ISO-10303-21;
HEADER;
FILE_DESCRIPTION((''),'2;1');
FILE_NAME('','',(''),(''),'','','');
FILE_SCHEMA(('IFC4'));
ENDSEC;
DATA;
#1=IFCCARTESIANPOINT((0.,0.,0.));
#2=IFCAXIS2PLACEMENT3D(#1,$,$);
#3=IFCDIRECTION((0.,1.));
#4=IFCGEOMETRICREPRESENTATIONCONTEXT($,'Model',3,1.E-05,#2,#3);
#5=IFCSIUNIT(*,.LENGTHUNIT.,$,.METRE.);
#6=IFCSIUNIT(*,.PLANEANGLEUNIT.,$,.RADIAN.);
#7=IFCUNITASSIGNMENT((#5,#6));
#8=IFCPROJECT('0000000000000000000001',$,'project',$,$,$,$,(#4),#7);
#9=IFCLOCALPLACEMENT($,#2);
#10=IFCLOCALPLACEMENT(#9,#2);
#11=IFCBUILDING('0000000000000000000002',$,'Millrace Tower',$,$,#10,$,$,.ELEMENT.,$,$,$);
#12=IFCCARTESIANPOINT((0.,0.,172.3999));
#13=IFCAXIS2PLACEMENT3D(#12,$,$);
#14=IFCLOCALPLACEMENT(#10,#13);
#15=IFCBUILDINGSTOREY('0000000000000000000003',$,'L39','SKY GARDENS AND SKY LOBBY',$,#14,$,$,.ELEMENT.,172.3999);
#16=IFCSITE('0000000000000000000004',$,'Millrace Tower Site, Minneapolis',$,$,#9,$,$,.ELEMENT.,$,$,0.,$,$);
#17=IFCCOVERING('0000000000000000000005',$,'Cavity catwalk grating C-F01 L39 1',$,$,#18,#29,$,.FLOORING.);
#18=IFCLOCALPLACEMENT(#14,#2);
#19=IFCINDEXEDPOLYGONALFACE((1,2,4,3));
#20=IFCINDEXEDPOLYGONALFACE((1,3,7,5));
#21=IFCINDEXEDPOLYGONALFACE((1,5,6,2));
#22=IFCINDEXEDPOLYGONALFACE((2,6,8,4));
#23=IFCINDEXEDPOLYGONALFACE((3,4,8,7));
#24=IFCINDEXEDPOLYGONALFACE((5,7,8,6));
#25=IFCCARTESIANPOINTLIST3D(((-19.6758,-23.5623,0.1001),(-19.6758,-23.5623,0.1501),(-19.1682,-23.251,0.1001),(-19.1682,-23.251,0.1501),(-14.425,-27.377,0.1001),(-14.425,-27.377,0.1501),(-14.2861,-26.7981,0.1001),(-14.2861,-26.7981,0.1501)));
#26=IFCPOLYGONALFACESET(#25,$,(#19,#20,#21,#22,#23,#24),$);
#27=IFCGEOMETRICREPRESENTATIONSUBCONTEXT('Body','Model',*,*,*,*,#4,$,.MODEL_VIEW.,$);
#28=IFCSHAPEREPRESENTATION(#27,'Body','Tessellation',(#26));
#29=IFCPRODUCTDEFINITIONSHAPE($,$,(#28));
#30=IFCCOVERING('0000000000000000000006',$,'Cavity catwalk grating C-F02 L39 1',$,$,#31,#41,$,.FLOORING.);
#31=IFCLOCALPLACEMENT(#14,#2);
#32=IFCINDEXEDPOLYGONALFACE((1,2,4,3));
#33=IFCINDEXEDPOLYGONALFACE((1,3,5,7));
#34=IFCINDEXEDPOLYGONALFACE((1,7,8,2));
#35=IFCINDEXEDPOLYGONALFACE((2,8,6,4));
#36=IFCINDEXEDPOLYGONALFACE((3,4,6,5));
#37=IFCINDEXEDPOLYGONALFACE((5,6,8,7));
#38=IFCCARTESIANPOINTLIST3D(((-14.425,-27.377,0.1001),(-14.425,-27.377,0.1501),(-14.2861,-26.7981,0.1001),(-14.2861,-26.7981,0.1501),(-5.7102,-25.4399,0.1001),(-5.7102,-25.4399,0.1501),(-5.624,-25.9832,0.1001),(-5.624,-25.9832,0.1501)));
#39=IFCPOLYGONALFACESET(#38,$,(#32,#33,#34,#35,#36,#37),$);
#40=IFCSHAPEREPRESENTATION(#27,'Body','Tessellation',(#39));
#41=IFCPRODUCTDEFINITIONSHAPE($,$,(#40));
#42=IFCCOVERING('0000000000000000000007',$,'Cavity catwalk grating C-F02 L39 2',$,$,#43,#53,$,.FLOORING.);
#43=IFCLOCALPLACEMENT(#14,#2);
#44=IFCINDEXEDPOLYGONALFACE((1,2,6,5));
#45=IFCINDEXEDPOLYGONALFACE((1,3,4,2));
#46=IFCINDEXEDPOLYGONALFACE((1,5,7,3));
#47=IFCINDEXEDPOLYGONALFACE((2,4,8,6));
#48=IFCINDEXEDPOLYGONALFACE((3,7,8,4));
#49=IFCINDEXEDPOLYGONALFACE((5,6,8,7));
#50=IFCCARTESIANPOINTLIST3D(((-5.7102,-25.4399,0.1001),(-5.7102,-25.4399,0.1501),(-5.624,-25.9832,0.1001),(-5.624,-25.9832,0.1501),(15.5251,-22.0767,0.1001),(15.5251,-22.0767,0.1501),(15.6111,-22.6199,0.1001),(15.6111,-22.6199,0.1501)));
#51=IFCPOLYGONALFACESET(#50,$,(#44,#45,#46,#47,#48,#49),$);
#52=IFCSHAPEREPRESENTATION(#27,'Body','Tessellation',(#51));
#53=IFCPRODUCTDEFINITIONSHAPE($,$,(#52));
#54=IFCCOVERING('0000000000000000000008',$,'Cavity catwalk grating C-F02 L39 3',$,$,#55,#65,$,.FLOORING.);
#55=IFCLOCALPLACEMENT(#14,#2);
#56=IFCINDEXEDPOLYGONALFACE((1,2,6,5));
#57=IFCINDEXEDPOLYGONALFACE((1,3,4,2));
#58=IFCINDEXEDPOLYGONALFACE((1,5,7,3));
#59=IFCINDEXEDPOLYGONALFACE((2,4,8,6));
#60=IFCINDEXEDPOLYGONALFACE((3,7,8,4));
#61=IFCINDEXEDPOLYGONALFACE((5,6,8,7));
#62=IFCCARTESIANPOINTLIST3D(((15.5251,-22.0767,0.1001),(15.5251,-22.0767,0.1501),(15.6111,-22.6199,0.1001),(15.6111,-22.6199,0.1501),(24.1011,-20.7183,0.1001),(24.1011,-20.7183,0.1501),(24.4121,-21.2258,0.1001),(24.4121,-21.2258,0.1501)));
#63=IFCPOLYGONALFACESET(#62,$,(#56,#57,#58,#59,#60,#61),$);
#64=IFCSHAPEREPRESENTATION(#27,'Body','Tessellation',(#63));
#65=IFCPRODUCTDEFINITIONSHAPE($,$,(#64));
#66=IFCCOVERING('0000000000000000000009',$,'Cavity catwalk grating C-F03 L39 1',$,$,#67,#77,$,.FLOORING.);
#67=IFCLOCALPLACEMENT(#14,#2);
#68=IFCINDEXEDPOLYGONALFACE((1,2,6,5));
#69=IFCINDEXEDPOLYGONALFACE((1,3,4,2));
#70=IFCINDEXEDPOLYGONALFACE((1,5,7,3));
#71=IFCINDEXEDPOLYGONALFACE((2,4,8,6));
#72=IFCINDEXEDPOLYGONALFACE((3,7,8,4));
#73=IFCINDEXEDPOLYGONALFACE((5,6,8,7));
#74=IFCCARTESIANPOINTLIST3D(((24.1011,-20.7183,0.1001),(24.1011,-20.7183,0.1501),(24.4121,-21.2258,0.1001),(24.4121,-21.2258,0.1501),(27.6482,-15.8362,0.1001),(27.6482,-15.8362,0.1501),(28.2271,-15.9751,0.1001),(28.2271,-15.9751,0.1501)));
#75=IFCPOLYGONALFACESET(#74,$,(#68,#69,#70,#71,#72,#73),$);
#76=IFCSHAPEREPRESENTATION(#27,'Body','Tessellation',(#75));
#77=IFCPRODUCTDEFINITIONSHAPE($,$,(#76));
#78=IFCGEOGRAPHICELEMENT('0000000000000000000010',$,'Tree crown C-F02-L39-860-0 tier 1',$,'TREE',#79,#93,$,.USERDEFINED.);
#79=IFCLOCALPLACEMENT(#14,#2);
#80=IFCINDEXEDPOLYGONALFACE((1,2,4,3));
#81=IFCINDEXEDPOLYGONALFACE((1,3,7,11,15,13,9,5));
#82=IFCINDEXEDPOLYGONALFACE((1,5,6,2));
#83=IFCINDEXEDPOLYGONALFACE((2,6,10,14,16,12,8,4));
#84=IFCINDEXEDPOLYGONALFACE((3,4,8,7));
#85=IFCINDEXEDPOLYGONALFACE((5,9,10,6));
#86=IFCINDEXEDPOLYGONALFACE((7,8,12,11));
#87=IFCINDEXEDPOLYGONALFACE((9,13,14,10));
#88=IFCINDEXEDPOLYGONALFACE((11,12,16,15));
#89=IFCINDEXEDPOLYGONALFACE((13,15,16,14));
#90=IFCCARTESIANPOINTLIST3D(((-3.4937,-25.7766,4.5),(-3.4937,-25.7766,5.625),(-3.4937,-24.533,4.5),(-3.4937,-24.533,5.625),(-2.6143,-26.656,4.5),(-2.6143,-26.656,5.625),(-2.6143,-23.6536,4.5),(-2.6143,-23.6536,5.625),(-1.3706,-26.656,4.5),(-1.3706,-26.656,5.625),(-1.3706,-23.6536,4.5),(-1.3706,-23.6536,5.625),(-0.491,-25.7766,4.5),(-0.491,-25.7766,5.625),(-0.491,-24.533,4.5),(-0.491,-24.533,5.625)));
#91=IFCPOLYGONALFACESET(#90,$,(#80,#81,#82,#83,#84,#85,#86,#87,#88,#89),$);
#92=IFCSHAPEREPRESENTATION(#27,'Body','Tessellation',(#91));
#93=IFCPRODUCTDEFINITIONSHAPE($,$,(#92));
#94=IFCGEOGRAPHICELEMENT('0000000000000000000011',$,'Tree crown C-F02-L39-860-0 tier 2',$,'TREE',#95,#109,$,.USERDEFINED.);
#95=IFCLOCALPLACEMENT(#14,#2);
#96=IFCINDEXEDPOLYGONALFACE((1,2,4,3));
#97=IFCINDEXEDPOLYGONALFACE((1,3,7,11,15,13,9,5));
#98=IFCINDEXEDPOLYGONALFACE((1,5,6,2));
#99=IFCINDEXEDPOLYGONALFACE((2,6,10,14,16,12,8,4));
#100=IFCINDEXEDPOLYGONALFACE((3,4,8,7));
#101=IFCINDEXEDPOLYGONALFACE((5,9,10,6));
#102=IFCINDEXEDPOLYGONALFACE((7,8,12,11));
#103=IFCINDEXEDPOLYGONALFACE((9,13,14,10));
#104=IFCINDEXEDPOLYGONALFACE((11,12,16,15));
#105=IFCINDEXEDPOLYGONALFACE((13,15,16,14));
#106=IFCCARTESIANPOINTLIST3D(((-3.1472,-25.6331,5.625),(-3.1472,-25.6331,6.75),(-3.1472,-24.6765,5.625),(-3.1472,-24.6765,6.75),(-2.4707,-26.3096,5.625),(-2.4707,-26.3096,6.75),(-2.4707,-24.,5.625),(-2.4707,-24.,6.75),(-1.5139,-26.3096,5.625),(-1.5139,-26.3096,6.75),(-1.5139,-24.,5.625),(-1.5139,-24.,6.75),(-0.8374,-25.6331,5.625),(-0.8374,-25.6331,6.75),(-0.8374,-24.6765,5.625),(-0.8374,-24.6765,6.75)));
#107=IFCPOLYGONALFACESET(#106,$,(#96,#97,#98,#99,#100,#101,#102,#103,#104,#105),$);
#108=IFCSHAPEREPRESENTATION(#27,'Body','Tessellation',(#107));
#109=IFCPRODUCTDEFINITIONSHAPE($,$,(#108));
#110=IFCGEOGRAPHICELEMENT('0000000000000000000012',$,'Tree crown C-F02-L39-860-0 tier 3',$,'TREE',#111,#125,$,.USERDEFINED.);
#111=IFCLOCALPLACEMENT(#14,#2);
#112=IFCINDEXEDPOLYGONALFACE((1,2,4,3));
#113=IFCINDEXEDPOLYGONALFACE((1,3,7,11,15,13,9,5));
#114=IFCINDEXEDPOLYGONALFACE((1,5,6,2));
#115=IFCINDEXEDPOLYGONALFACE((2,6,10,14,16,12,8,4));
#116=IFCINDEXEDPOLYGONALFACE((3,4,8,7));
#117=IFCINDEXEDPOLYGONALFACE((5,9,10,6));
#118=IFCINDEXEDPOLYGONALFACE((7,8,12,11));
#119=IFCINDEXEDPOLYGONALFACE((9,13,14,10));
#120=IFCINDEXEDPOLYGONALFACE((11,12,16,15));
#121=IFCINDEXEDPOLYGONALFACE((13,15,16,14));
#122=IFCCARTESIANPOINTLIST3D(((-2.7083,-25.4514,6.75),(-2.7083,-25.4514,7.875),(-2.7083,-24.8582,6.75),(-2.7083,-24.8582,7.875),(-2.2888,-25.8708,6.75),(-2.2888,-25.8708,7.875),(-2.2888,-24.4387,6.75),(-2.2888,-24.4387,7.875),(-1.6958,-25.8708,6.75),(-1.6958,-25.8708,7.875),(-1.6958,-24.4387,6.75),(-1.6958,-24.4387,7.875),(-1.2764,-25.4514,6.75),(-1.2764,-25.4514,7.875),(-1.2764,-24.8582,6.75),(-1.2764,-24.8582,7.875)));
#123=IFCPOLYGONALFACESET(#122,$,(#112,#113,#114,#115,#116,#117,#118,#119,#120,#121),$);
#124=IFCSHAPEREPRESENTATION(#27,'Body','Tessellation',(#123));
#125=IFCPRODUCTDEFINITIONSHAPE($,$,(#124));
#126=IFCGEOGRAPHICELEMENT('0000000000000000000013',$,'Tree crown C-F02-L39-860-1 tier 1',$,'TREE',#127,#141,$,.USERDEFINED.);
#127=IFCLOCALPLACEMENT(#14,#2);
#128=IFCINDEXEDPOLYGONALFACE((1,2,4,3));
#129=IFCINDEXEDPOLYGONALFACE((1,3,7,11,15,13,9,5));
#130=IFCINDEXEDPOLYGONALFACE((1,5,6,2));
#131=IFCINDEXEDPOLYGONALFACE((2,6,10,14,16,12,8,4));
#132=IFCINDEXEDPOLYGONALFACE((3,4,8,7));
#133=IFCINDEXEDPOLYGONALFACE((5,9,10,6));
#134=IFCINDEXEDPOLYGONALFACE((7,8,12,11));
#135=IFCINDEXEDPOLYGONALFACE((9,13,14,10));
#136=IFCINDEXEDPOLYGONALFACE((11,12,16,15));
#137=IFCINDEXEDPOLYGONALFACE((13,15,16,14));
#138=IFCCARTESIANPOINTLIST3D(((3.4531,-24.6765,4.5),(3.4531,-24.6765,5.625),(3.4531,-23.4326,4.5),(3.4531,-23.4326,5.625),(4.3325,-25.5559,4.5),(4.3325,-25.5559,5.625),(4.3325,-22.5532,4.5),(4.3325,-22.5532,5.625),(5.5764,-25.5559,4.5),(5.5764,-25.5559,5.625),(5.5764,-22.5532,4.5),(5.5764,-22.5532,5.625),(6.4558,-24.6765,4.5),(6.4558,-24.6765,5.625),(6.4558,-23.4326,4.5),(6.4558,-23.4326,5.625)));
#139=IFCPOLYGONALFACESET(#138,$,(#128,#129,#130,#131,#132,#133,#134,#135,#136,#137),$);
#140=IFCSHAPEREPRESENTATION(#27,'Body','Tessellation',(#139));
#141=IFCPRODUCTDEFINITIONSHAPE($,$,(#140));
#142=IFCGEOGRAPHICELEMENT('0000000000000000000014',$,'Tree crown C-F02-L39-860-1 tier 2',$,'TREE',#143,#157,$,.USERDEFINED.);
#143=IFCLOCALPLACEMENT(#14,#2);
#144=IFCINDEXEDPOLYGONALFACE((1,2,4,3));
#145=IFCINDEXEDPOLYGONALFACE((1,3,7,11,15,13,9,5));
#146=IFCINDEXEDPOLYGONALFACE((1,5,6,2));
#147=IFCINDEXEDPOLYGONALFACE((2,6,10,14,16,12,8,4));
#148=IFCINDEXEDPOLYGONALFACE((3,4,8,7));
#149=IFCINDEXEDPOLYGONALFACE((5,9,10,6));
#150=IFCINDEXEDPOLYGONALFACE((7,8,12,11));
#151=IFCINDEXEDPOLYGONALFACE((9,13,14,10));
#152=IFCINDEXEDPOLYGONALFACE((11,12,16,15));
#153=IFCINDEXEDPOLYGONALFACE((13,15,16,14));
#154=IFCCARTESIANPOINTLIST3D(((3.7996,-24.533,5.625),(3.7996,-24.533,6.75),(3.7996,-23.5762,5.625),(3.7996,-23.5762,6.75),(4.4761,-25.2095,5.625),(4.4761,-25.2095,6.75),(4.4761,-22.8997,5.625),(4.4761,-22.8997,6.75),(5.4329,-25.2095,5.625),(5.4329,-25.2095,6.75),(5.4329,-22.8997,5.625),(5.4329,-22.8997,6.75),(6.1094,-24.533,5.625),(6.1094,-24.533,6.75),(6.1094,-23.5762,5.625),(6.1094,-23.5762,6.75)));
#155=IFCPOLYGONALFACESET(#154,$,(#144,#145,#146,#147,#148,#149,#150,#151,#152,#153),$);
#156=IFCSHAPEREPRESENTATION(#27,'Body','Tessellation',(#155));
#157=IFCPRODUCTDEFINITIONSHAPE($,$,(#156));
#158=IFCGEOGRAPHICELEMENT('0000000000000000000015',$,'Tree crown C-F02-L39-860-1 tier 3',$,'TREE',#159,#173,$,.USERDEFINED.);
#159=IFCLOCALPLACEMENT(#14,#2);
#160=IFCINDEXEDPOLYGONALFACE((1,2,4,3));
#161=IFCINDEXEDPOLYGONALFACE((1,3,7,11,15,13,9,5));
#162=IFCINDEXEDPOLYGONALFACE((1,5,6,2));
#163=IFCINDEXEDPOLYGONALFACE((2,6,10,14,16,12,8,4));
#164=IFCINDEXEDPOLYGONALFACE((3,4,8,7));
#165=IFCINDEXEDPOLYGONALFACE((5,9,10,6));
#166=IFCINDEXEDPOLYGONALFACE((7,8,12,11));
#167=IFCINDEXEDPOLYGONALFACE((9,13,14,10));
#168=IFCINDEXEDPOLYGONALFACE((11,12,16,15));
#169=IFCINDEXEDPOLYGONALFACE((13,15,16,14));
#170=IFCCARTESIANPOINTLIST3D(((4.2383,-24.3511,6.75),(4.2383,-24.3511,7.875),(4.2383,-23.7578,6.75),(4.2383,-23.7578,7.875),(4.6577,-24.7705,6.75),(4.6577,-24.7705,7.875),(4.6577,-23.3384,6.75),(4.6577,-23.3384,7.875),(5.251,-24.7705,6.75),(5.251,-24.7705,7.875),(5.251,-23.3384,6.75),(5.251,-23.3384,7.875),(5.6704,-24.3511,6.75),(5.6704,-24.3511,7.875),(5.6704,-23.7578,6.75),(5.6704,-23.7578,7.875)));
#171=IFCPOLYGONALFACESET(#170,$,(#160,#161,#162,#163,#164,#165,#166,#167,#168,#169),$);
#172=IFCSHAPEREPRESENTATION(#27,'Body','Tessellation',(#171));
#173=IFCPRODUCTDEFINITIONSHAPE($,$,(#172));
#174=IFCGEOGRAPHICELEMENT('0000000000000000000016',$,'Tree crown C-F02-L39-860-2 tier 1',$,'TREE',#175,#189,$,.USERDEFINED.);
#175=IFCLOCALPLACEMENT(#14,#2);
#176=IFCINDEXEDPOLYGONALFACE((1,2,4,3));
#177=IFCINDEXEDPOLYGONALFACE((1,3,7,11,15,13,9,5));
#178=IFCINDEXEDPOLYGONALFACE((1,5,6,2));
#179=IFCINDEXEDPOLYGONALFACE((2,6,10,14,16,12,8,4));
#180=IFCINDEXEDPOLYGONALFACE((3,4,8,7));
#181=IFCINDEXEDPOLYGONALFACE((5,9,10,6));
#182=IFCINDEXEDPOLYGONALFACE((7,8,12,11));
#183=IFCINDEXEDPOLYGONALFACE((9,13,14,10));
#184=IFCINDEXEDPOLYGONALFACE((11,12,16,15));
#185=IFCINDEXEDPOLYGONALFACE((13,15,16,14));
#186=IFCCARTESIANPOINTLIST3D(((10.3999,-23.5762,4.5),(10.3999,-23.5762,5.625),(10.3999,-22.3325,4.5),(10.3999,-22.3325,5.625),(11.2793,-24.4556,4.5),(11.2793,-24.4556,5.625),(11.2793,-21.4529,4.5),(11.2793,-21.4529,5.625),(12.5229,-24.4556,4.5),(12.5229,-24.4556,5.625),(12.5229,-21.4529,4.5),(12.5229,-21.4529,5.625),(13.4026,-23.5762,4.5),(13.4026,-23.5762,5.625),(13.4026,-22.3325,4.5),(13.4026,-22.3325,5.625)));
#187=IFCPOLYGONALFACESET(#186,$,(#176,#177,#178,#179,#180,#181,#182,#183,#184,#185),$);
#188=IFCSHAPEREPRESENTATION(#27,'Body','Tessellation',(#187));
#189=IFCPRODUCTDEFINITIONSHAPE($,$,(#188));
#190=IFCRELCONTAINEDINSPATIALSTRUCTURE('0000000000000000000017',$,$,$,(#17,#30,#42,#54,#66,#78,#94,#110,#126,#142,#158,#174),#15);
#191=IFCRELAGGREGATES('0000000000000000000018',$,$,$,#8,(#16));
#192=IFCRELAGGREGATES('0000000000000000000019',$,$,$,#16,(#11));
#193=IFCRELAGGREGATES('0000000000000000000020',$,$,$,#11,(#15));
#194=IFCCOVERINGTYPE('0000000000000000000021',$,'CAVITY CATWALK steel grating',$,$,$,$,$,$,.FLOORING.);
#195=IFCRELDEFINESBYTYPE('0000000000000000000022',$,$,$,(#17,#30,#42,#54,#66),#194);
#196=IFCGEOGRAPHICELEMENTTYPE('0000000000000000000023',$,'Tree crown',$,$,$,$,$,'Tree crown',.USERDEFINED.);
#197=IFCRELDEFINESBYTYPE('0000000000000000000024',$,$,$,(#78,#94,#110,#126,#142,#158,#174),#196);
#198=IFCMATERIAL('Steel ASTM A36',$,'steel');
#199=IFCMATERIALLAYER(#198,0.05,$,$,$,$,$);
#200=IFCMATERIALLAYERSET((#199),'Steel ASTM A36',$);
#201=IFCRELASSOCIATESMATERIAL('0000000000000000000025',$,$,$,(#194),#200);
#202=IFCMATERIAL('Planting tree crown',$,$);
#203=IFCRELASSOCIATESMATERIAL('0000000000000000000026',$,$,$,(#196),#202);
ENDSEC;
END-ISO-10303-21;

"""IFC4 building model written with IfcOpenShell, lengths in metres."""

from ifc_helpers import new_model, si_unit, direction, frame, origin, place, context, subcontext, project, spatial, polyline, outline, extrude, material, layer, layer_set, type_object, element, save


model = new_model("IFC4")

# Units and contexts
model_context = context("Model", 3, precision=1e-05, world=origin(), true_north=direction((0.0, 1.0)))
body_context = subcontext(model_context, "Body", "Model", "MODEL_VIEW")
ifc_project = project(units=[si_unit("LENGTHUNIT", "METRE"), si_unit("PLANEANGLEUNIT", "RADIAN")], contexts=[model_context])

# Site, building, storey
site_placement = place(None, origin())
site = spatial("IfcSite", under=ifc_project, at=site_placement, Name="Millrace Tower Site, Minneapolis", CompositionType="ELEMENT", RefElevation=0.0)
building_placement = place(site_placement, origin())
building = spatial("IfcBuilding", under=site, at=building_placement, Name="Millrace Tower", CompositionType="ELEMENT")
storey_placement = place(building_placement, frame((0.0, 0.0, 172.3999)))
storey = spatial("IfcBuildingStorey", under=building, at=storey_placement, Name="L39", Description="SKY GARDENS AND SKY LOBBY", CompositionType="ELEMENT", Elevation=172.3999)

# Coverings
ifc_material_1 = material(Name="Steel ASTM A36", Category="steel")
ifc_layer_1 = layer(ifc_material_1, 0.05)
ifc_layer_set_1 = layer_set([ifc_layer_1], Name="Steel ASTM A36")
covering_type = type_object("IfcCoveringType", Name="CAVITY CATWALK steel grating", PredefinedType="FLOORING", material=ifc_layer_set_1)
placement_1 = place(storey_placement, frame((0.0, 0.0, 0.1001)))
element("IfcCovering", 1, at=placement_1, inside=storey, type_object=covering_type, Name="Cavity catwalk grating C-F01 L39 1", PredefinedType="FLOORING", context=body_context, shape_type="SweptSolid", body=[
    extrude(outline(polyline([(-19.6758, -23.5623), (-14.425, -27.377), (-14.2861, -26.7981), (-19.1682, -23.251), (-19.6758, -23.5623)])), origin(), (0.0, 0.0, 1.0), 0.05),
])
element("IfcCovering", 2, at=placement_1, inside=storey, type_object=covering_type, Name="Cavity catwalk grating C-F02 L39 1", PredefinedType="FLOORING", context=body_context, shape_type="SweptSolid", body=[
    extrude(outline(polyline([(-14.425, -27.377), (-5.624, -25.9832), (-5.7102, -25.4399), (-14.2861, -26.7981), (-14.425, -27.377)])), origin(), (0.0, 0.0, 1.0), 0.05),
])
element("IfcCovering", 3, at=placement_1, inside=storey, type_object=covering_type, Name="Cavity catwalk grating C-F02 L39 2", PredefinedType="FLOORING", context=body_context, shape_type="SweptSolid", body=[
    extrude(outline(polyline([(-5.624, -25.9832), (15.6111, -22.6199), (15.5251, -22.0767), (-5.7102, -25.4399), (-5.624, -25.9832)])), origin(), (0.0, 0.0, 1.0), 0.05),
])
element("IfcCovering", 4, at=placement_1, inside=storey, type_object=covering_type, Name="Cavity catwalk grating C-F02 L39 3", PredefinedType="FLOORING", context=body_context, shape_type="SweptSolid", body=[
    extrude(outline(polyline([(15.6111, -22.6199), (24.4121, -21.2258), (24.1011, -20.7183), (15.5251, -22.0767), (15.6111, -22.6199)])), origin(), (0.0, 0.0, 1.0), 0.05),
])
element("IfcCovering", 5, at=placement_1, inside=storey, type_object=covering_type, Name="Cavity catwalk grating C-F03 L39 1", PredefinedType="FLOORING", context=body_context, shape_type="SweptSolid", body=[
    extrude(outline(polyline([(24.4121, -21.2258), (28.2271, -15.9751), (27.6482, -15.8362), (24.1011, -20.7183), (24.4121, -21.2258)])), origin(), (0.0, 0.0, 1.0), 0.05),
])

# Geographic elements
ifc_material_2 = material(Name="Planting tree crown")
geographic_element_type = type_object("IfcGeographicElementType", Name="Tree crown", ElementType="Tree crown", PredefinedType="USERDEFINED", material=ifc_material_2)
placement_2 = place(storey_placement, frame((0.0, 0.0, 4.5)))
element("IfcGeographicElement", 6, at=placement_2, inside=storey, type_object=geographic_element_type, Name="Tree crown C-F02-L39-860-0 tier 1", ObjectType="TREE", PredefinedType="USERDEFINED", context=body_context, shape_type="SweptSolid", body=[
    extrude(outline(polyline([(-0.491, -24.533), (-1.3706, -23.6536), (-2.6143, -23.6536), (-3.4937, -24.533), (-3.4937, -25.7766), (-2.6143, -26.656), (-1.3706, -26.656), (-0.491, -25.7766), (-0.491, -24.533)])), origin(), (0.0, 0.0, 1.0), 1.125),
])
placement_3 = place(storey_placement, frame((0.0, 0.0, 5.625)))
element("IfcGeographicElement", 7, at=placement_3, inside=storey, type_object=geographic_element_type, Name="Tree crown C-F02-L39-860-0 tier 2", ObjectType="TREE", PredefinedType="USERDEFINED", context=body_context, shape_type="SweptSolid", body=[
    extrude(outline(polyline([(-0.8374, -24.6765), (-1.5139, -24.0), (-2.4707, -24.0), (-3.1472, -24.6765), (-3.1472, -25.6331), (-2.4707, -26.3096), (-1.5139, -26.3096), (-0.8374, -25.6331), (-0.8374, -24.6765)])), origin(), (0.0, 0.0, 1.0), 1.125),
])
placement_4 = place(storey_placement, frame((0.0, 0.0, 6.75)))
element("IfcGeographicElement", 8, at=placement_4, inside=storey, type_object=geographic_element_type, Name="Tree crown C-F02-L39-860-0 tier 3", ObjectType="TREE", PredefinedType="USERDEFINED", context=body_context, shape_type="SweptSolid", body=[
    extrude(outline(polyline([(-1.2764, -24.8582), (-1.6958, -24.4387), (-2.2888, -24.4387), (-2.7083, -24.8582), (-2.7083, -25.4514), (-2.2888, -25.8708), (-1.6958, -25.8708), (-1.2764, -25.4514), (-1.2764, -24.8582)])), origin(), (0.0, 0.0, 1.0), 1.125),
])
element("IfcGeographicElement", 9, at=placement_2, inside=storey, type_object=geographic_element_type, Name="Tree crown C-F02-L39-860-1 tier 1", ObjectType="TREE", PredefinedType="USERDEFINED", context=body_context, shape_type="SweptSolid", body=[
    extrude(outline(polyline([(6.4558, -23.4326), (5.5764, -22.5532), (4.3325, -22.5532), (3.4531, -23.4326), (3.4531, -24.6765), (4.3325, -25.5559), (5.5764, -25.5559), (6.4558, -24.6765), (6.4558, -23.4326)])), origin(), (0.0, 0.0, 1.0), 1.125),
])
element("IfcGeographicElement", 10, at=placement_3, inside=storey, type_object=geographic_element_type, Name="Tree crown C-F02-L39-860-1 tier 2", ObjectType="TREE", PredefinedType="USERDEFINED", context=body_context, shape_type="SweptSolid", body=[
    extrude(outline(polyline([(6.1094, -23.5762), (5.4329, -22.8997), (4.4761, -22.8997), (3.7996, -23.5762), (3.7996, -24.533), (4.4761, -25.2095), (5.4329, -25.2095), (6.1094, -24.533), (6.1094, -23.5762)])), origin(), (0.0, 0.0, 1.0), 1.125),
])
element("IfcGeographicElement", 11, at=placement_4, inside=storey, type_object=geographic_element_type, Name="Tree crown C-F02-L39-860-1 tier 3", ObjectType="TREE", PredefinedType="USERDEFINED", context=body_context, shape_type="SweptSolid", body=[
    extrude(outline(polyline([(5.6704, -23.7578), (5.251, -23.3384), (4.6577, -23.3384), (4.2383, -23.7578), (4.2383, -24.3511), (4.6577, -24.7705), (5.251, -24.7705), (5.6704, -24.3511), (5.6704, -23.7578)])), origin(), (0.0, 0.0, 1.0), 1.125),
])
element("IfcGeographicElement", 12, at=placement_2, inside=storey, type_object=geographic_element_type, Name="Tree crown C-F02-L39-860-2 tier 1", ObjectType="TREE", PredefinedType="USERDEFINED", context=body_context, shape_type="SweptSolid", body=[
    extrude(outline(polyline([(13.4026, -22.3325), (12.5229, -21.4529), (11.2793, -21.4529), (10.3999, -22.3325), (10.3999, -23.5762), (11.2793, -24.4556), (12.5229, -24.4556), (13.4026, -23.5762), (13.4026, -22.3325)])), origin(), (0.0, 0.0, 1.0), 1.125),
])

save(model, "model.ifc")
